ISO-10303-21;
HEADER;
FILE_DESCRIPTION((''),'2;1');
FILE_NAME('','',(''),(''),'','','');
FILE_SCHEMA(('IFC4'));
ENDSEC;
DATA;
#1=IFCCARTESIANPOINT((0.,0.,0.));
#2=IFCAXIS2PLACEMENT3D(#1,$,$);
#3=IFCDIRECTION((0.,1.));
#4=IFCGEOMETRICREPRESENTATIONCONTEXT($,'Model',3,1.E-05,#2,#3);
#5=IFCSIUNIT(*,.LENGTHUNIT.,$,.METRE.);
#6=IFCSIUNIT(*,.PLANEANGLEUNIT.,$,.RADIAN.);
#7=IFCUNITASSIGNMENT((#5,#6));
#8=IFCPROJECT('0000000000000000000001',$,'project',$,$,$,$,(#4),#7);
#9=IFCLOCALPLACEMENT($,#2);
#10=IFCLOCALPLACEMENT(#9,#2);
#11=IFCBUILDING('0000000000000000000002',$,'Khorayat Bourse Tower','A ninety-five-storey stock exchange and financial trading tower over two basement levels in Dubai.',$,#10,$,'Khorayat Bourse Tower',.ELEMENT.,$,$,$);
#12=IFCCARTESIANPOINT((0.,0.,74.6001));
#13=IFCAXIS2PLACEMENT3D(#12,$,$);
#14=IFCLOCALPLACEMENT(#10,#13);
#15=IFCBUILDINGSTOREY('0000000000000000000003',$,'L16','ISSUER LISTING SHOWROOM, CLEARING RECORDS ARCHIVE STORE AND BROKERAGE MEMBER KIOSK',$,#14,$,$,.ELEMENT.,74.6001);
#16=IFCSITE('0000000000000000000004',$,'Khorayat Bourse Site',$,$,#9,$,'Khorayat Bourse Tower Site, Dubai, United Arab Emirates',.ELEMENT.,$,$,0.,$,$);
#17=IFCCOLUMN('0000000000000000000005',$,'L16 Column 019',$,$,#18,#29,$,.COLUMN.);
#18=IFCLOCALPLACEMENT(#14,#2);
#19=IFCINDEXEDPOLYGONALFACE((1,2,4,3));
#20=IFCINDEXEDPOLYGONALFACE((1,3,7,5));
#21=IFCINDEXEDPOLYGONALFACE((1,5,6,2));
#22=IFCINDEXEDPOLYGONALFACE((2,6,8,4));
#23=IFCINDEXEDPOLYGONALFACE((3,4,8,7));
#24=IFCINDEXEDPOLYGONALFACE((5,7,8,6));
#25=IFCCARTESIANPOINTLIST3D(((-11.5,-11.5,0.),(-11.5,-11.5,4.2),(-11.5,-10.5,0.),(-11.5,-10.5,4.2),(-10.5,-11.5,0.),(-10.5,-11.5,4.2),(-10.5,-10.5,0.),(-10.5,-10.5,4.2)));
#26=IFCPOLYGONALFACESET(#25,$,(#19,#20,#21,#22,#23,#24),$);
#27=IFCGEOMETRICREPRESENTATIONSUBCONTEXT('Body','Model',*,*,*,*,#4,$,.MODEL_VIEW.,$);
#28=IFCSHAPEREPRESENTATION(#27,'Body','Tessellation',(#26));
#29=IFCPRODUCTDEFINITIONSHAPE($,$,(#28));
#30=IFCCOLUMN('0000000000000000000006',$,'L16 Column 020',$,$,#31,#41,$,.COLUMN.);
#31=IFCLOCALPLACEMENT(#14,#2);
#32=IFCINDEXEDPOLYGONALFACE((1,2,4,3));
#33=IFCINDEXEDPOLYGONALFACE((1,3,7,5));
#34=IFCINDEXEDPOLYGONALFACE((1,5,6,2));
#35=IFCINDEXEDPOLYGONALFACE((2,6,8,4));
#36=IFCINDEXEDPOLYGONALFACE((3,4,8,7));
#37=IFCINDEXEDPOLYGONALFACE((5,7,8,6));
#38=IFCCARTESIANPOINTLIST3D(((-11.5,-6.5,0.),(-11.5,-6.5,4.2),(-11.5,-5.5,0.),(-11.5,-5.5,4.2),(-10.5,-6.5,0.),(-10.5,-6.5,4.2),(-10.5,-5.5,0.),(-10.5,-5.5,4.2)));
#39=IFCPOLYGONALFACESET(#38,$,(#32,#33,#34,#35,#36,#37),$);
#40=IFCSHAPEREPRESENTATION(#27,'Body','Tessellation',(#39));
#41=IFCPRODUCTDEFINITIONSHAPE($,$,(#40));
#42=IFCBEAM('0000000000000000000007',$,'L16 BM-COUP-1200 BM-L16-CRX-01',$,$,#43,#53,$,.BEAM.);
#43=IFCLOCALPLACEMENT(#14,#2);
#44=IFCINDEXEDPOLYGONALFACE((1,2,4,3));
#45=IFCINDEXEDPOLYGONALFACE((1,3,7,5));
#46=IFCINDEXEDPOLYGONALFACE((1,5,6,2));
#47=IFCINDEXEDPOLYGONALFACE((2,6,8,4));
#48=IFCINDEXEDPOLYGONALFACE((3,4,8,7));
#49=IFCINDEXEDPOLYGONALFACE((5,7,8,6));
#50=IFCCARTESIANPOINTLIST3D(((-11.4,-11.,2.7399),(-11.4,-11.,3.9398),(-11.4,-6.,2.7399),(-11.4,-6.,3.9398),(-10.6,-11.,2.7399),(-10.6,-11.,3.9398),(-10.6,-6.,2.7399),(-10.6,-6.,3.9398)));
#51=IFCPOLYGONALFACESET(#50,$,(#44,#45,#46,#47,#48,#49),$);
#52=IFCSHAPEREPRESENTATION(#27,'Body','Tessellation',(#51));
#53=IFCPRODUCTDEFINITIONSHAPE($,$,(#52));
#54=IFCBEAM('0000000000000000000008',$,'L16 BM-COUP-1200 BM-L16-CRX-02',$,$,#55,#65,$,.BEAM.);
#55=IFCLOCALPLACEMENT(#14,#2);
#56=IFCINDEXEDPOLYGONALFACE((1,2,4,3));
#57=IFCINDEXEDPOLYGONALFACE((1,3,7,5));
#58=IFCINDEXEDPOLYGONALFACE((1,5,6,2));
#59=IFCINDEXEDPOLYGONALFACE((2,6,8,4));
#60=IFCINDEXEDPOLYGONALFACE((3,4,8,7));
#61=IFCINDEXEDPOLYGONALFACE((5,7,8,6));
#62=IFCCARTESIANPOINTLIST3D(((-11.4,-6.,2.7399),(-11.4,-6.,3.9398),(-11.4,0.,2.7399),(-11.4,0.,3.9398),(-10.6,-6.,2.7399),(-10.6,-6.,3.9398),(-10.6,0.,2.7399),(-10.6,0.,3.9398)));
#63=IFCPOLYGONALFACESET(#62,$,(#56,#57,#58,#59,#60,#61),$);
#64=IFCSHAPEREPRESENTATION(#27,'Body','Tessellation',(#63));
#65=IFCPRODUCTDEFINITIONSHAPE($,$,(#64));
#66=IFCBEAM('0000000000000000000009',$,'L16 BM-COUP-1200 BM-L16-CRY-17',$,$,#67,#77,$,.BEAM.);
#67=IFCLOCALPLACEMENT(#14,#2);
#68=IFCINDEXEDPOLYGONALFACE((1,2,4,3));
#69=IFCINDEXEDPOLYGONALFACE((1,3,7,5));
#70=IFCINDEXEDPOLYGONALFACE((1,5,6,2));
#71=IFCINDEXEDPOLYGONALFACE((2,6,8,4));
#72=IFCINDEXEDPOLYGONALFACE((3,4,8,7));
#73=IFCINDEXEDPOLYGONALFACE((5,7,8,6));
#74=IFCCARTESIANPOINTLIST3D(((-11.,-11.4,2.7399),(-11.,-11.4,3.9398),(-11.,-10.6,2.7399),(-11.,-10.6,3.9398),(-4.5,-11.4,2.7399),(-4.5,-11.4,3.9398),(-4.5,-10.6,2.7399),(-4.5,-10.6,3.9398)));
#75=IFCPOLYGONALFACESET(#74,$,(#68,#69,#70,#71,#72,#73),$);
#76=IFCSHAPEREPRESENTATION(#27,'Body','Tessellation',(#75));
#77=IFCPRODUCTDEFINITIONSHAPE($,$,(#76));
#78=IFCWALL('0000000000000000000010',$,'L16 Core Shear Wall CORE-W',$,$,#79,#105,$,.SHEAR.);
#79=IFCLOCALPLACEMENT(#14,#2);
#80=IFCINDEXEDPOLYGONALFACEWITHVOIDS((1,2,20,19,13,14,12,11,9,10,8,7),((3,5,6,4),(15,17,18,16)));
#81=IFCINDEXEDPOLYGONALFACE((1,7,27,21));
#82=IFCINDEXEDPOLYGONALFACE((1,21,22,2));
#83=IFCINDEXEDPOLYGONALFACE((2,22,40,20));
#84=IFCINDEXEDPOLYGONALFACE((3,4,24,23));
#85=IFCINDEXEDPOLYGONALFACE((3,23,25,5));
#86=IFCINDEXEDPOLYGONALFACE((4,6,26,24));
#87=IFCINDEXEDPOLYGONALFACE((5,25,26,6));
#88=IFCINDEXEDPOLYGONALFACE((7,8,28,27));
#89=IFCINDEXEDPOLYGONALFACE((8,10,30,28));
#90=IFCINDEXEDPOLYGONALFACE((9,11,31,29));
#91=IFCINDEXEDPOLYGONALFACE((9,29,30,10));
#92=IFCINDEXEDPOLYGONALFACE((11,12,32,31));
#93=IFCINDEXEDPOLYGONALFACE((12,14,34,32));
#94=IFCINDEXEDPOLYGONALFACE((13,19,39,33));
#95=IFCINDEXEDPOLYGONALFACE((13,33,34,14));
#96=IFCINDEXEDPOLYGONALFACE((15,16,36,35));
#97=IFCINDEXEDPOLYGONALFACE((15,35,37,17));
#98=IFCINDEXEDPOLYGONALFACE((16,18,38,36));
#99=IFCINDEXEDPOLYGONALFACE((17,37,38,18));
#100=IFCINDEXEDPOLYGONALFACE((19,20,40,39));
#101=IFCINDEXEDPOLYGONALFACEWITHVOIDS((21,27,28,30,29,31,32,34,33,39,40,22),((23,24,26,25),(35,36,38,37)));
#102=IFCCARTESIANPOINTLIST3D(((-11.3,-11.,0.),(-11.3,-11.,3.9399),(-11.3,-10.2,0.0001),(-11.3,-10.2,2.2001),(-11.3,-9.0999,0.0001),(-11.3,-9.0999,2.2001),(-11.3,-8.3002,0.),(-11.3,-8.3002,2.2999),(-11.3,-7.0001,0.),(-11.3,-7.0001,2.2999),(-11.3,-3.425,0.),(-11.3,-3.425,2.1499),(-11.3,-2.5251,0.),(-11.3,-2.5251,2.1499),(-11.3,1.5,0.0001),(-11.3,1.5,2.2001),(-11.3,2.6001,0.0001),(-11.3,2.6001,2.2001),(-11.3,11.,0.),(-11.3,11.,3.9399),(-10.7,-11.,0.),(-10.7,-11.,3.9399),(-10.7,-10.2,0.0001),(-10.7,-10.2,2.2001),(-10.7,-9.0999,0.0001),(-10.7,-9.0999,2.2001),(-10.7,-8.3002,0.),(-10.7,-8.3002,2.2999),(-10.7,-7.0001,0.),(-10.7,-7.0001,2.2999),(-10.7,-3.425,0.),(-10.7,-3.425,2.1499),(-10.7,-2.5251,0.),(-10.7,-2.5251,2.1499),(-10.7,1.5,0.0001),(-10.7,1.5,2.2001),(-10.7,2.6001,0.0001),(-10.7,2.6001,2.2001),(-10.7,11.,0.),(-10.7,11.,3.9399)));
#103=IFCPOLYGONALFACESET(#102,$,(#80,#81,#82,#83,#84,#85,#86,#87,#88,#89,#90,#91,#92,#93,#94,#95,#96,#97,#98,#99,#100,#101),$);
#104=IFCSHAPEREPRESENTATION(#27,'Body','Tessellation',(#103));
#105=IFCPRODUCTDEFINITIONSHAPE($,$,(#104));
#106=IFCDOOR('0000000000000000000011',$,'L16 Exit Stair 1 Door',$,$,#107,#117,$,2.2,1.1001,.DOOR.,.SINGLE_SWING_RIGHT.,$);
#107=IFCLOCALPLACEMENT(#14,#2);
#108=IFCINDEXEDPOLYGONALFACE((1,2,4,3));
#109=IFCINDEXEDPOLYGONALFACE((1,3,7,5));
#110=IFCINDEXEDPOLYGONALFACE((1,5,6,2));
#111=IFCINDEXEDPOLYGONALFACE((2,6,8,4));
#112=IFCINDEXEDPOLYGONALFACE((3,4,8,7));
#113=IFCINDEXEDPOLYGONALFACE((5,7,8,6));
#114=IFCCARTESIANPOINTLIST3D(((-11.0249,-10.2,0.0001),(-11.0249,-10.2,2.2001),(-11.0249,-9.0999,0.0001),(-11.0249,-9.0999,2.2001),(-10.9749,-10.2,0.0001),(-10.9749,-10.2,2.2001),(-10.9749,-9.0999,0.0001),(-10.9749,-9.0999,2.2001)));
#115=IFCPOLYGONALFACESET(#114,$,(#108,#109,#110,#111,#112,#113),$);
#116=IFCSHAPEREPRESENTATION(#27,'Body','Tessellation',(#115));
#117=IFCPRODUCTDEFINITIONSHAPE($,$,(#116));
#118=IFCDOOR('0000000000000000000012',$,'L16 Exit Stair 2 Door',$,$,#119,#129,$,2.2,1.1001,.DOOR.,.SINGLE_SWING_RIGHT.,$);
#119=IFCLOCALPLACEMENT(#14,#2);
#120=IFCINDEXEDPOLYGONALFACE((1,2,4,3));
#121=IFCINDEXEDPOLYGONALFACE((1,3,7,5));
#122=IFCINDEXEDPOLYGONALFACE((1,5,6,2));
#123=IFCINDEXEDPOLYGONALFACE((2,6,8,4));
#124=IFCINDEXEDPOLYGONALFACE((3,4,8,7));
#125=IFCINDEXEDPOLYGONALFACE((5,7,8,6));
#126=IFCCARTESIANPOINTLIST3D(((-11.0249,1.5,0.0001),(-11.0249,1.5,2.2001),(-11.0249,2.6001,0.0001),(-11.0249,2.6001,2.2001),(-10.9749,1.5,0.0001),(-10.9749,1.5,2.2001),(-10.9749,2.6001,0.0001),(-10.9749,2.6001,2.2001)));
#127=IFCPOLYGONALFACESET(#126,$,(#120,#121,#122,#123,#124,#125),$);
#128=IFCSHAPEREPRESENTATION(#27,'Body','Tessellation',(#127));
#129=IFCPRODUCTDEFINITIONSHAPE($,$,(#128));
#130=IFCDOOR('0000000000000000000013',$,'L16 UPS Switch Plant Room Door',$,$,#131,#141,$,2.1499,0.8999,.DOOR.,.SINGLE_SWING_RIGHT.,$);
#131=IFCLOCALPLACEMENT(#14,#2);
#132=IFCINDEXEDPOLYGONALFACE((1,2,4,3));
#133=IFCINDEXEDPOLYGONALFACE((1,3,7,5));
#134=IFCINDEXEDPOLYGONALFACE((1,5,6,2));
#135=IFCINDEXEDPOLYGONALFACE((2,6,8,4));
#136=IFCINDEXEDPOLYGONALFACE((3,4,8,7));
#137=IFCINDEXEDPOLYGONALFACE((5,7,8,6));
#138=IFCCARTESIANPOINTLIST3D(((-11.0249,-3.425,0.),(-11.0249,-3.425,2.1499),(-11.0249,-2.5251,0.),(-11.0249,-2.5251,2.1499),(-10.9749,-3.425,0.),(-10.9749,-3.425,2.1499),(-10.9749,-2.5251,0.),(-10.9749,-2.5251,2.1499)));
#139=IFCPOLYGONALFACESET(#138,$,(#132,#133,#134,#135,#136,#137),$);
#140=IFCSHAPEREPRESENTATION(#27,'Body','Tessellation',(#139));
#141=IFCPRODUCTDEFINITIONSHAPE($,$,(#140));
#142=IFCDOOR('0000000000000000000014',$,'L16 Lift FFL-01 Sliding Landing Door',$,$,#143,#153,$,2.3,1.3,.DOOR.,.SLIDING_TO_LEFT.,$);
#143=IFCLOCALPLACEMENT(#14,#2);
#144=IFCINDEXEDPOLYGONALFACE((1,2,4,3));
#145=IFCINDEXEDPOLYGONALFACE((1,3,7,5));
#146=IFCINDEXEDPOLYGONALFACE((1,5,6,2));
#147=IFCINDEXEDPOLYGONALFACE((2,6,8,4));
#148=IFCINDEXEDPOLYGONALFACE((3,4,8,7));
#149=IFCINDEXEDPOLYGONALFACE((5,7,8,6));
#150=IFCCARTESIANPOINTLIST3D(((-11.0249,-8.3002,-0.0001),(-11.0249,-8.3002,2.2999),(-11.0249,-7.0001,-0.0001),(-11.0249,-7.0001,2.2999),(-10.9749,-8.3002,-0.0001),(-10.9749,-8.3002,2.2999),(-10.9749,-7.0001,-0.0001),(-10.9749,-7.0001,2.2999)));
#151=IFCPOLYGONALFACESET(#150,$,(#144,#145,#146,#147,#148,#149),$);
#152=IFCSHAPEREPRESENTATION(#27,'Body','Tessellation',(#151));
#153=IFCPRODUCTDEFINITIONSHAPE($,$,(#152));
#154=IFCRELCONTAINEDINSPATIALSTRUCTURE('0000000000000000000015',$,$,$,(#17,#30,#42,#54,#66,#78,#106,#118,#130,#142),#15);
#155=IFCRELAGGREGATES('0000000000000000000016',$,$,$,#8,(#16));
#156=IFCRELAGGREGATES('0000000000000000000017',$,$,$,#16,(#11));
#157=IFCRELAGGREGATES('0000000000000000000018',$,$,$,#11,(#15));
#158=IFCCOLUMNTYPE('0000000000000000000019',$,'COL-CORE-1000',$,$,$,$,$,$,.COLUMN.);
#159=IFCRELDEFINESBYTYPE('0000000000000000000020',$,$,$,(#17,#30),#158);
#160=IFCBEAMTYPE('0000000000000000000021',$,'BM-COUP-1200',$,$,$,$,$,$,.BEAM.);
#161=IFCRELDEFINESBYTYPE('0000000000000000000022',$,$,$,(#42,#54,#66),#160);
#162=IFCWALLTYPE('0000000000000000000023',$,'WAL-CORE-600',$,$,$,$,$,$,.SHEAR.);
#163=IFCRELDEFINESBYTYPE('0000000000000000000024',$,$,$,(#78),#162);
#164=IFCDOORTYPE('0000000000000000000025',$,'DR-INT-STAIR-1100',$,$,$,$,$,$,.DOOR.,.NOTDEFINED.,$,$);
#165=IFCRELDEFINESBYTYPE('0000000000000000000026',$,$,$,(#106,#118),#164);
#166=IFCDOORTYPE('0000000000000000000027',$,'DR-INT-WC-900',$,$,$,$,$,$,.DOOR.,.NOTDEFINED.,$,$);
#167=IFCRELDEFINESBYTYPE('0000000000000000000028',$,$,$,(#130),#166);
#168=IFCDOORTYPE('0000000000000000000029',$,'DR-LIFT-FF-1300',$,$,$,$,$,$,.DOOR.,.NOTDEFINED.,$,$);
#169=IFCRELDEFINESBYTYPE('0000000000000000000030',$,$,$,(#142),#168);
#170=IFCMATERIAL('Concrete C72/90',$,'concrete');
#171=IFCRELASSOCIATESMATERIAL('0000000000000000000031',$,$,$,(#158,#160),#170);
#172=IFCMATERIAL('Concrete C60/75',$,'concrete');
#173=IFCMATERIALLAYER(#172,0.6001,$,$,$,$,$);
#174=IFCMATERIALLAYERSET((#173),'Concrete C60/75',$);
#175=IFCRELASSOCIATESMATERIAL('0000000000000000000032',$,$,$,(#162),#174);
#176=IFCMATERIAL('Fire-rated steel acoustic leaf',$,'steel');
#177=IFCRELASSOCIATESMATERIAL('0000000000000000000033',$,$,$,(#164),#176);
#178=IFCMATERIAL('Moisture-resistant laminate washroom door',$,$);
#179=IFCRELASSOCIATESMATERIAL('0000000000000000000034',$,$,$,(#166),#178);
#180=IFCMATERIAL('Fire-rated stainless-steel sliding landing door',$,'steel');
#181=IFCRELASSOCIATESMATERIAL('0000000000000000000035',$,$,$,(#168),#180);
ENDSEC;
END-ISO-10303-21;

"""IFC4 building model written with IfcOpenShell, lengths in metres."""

from ifc_helpers import new_model, si_unit, direction, frame, frame_2d, origin, origin_2d, place, context, subcontext, project, spatial, rectangle, extrude, source, transform, mapped, material, layer, layer_set, material_profile, profile_set, type_object, element, fill, save


model = new_model("IFC4")

# Units and contexts
model_context = context("Model", 3, precision=1e-05, world=origin(), true_north=direction((0.0, 1.0)))
body_context = subcontext(model_context, "Body", "Model", "MODEL_VIEW")
ifc_project = project(units=[si_unit("LENGTHUNIT", "METRE"), si_unit("PLANEANGLEUNIT", "RADIAN")], contexts=[model_context])

# Site, building, storey
site_placement = place(None, origin())
site = spatial("IfcSite", under=ifc_project, at=site_placement, Name="Khorayat Bourse Site", LongName="Khorayat Bourse Tower Site, Dubai, United Arab Emirates", CompositionType="ELEMENT", RefElevation=0.0)
building_placement = place(site_placement, origin())
building = spatial("IfcBuilding", under=site, at=building_placement, Name="Khorayat Bourse Tower", Description="A ninety-five-storey stock exchange and financial trading tower over two basement levels in Dubai.", LongName="Khorayat Bourse Tower", CompositionType="ELEMENT")
storey_placement = place(building_placement, frame((0.0, 0.0, 74.6001)))
storey = spatial("IfcBuildingStorey", under=building, at=storey_placement, Name="L16", Description="ISSUER LISTING SHOWROOM, CLEARING RECORDS ARCHIVE STORE AND BROKERAGE MEMBER KIOSK", CompositionType="ELEMENT", Elevation=74.6001)

# Columns
ifc_material_1 = material(Name="Concrete C72/90", Category="concrete")
ifc_material_profile_1 = material_profile(ifc_material_1, rectangle(XDim=1.0, YDim=1.0, at=origin_2d()), Name="RC 1000x1000")
ifc_profile_set_1 = profile_set([ifc_material_profile_1], Name="Concrete C72/90")
column_type = type_object("IfcColumnType", Name="COL-CORE-1000", PredefinedType="COLUMN", material=ifc_profile_set_1)
shared_shape_1 = source(origin(), body_context, "Body", "SweptSolid", [
    extrude(rectangle(XDim=1.0, YDim=1.0, at=origin_2d()), origin(), (0.0, 0.0, 1.0), 4.2),
])
for number, where, z_axis, x_axis, name in (
    (1, (-11.0, -11.0, 0.0), (0.0, 0.0, 1.0), (1.0, 0.0, 0.0), "L16 Column 019"),
    (2, (-11.0, -6.0, 0.0), (0.0, 0.0, 1.0), (1.0, 0.0, 0.0), "L16 Column 020"),
):
    element("IfcColumn", number, at=place(storey_placement, frame(where, z_axis=z_axis, x_axis=x_axis)), inside=storey, type_object=column_type, Name=name, PredefinedType="COLUMN", context=body_context, shape_type="MappedRepresentation", body=[
        mapped(shared_shape_1, transform((0.0, 0.0, 0.0), scale=1.0)),
    ])

# Beams
ifc_material_profile_2 = material_profile(ifc_material_1, rectangle(XDim=0.8, YDim=1.2, at=origin_2d()), Name="RC 800x1200")
ifc_profile_set_2 = profile_set([ifc_material_profile_2], Name="Concrete C72/90")
beam_type = type_object("IfcBeamType", Name="BM-COUP-1200", PredefinedType="BEAM", material=ifc_profile_set_2)
shared_shape_2 = source(origin(), body_context, "Body", "SweptSolid", [
    extrude(rectangle(XDim=0.8, YDim=1.2, at=origin_2d()), origin(), (0.0, 0.0, 1.0), 5.0),
])
beam_1_placement = place(storey_placement, frame((-11.0, -11.0, 3.3398), z_axis=(0.0, 1.0, 0.0), x_axis=(-1.0, 0.0, 0.0)))
element("IfcBeam", 3, at=beam_1_placement, inside=storey, type_object=beam_type, Name="L16 BM-COUP-1200 BM-L16-CRX-01", PredefinedType="BEAM", context=body_context, shape_type="MappedRepresentation", body=[
    mapped(shared_shape_2, transform((0.0, 0.0, 0.0), scale=1.0)),
])
shared_shape_3 = source(origin(), body_context, "Body", "SweptSolid", [
    extrude(rectangle(XDim=0.8, YDim=1.2, at=origin_2d()), origin(), (0.0, 0.0, 1.0), 6.0),
])
beam_2_placement = place(storey_placement, frame((-11.0, -6.0, 3.3398), z_axis=(0.0, 1.0, 0.0), x_axis=(-1.0, 0.0, 0.0)))
element("IfcBeam", 4, at=beam_2_placement, inside=storey, type_object=beam_type, Name="L16 BM-COUP-1200 BM-L16-CRX-02", PredefinedType="BEAM", context=body_context, shape_type="MappedRepresentation", body=[
    mapped(shared_shape_3, transform((0.0, 0.0, 0.0), scale=1.0)),
])
shared_shape_4 = source(origin(), body_context, "Body", "SweptSolid", [
    extrude(rectangle(XDim=0.8, YDim=1.2, at=origin_2d()), origin(), (0.0, 0.0, 1.0), 6.5),
])
beam_3_placement = place(storey_placement, frame((-11.0, -11.0, 3.3398), z_axis=(1.0, 0.0, 0.0), x_axis=(0.0, 1.0, 0.0)))
element("IfcBeam", 5, at=beam_3_placement, inside=storey, type_object=beam_type, Name="L16 BM-COUP-1200 BM-L16-CRY-17", PredefinedType="BEAM", context=body_context, shape_type="MappedRepresentation", body=[
    mapped(shared_shape_4, transform((0.0, 0.0, 0.0), scale=1.0)),
])

# Wall, openings, doors
ifc_material_2 = material(Name="Concrete C60/75", Category="concrete")
ifc_layer_1 = layer(ifc_material_2, 0.6001)
ifc_layer_set_1 = layer_set([ifc_layer_1], Name="Concrete C60/75")
wall_type_1 = type_object("IfcWallType", Name="WAL-CORE-600", PredefinedType="SHEAR", material=ifc_layer_set_1)
shared_shape_5 = source(origin(), body_context, "Body", "SweptSolid", [
    extrude(rectangle(XDim=22.0, YDim=0.6001, at=frame_2d((11.0, 0.0))), origin(), (0.0, 0.0, 1.0), 3.9399),
])
wall_1_placement = place(storey_placement, frame((-11.0, -11.0, 0.0), z_axis=(0.0, 0.0, 1.0), x_axis=(0.0, 1.0, 0.0)))
wall_1 = element("IfcWall", 6, at=wall_1_placement, inside=storey, type_object=wall_type_1, Name="L16 Core Shear Wall CORE-W", PredefinedType="SHEAR", context=body_context, shape_type="MappedRepresentation", body=[
    mapped(shared_shape_5, transform((0.0, 0.0, 0.0), scale=1.0)),
])
shared_shape_6 = source(origin(), body_context, "Body", "SweptSolid", [
    extrude(rectangle(XDim=1.1001, YDim=2.2, at=frame_2d((0.55, 1.1001))), frame((0.0, 0.3101, 0.0), z_axis=(0.0, -1.0, 0.0), x_axis=(1.0, 0.0, 0.0)), (0.0, 0.0, 1.0), 0.6201),
])
opening_1_placement = place(wall_1_placement, frame((0.8, 0.0, 0.0)))
opening_1 = element("IfcOpeningElement", 7, at=opening_1_placement, cuts=wall_1, PredefinedType="OPENING", context=body_context, shape_type="MappedRepresentation", body=[
    mapped(shared_shape_6, transform((0.0, 0.0, 0.0), scale=1.0)),
])
opening_2_placement = place(wall_1_placement, frame((12.5, 0.0, 0.0)))
opening_2 = element("IfcOpeningElement", 8, at=opening_2_placement, cuts=wall_1, PredefinedType="OPENING", context=body_context, shape_type="MappedRepresentation", body=[
    mapped(shared_shape_6, transform((0.0, 0.0, 0.0), scale=1.0)),
])
shared_shape_7 = source(origin(), body_context, "Body", "SweptSolid", [
    extrude(rectangle(XDim=0.8999, YDim=2.1499, at=frame_2d((0.45, 1.075))), frame((0.0, 0.3101, 0.0), z_axis=(0.0, -1.0, 0.0), x_axis=(1.0, 0.0, 0.0)), (0.0, 0.0, 1.0), 0.6201),
])
opening_3_placement = place(wall_1_placement, frame((7.575, 0.0, 0.0)))
opening_3 = element("IfcOpeningElement", 9, at=opening_3_placement, cuts=wall_1, PredefinedType="OPENING", context=body_context, shape_type="MappedRepresentation", body=[
    mapped(shared_shape_7, transform((0.0, 0.0, 0.0), scale=1.0)),
])
shared_shape_8 = source(origin(), body_context, "Body", "SweptSolid", [
    extrude(rectangle(XDim=1.3, YDim=2.3, at=frame_2d((0.6499, 1.1499))), frame((0.0, 0.3101, 0.0), z_axis=(0.0, -1.0, 0.0), x_axis=(1.0, 0.0, 0.0)), (0.0, 0.0, 1.0), 0.6201),
])
opening_4_placement = place(wall_1_placement, frame((2.7, 0.0, 0.0)))
opening_4 = element("IfcOpeningElement", 10, at=opening_4_placement, cuts=wall_1, PredefinedType="OPENING", context=body_context, shape_type="MappedRepresentation", body=[
    mapped(shared_shape_8, transform((0.0, 0.0, 0.0), scale=1.0)),
])
ifc_material_3 = material(Name="Fire-rated steel acoustic leaf", Category="steel")
door_type_1 = type_object("IfcDoorType", Name="DR-INT-STAIR-1100", OperationType="NOTDEFINED", PredefinedType="DOOR", material=ifc_material_3)
shared_shape_9 = source(origin(), body_context, "Body", "SweptSolid", [
    extrude(rectangle(XDim=1.1001, YDim=2.2, at=frame_2d((0.55, 1.1001))), frame((0.0, 0.0249, 0.0), z_axis=(0.0, -1.0, 0.0), x_axis=(1.0, 0.0, 0.0)), (0.0, 0.0, 1.0), 0.05),
])
door_1_placement = place(opening_1_placement, origin())
door_1 = element("IfcDoor", 11, at=door_1_placement, inside=storey, type_object=door_type_1, Name="L16 Exit Stair 1 Door", OperationType="SINGLE_SWING_RIGHT", OverallHeight=2.2, OverallWidth=1.1001, PredefinedType="DOOR", context=body_context, shape_type="MappedRepresentation", body=[
    mapped(shared_shape_9, transform((0.0, 0.0, 0.0), scale=1.0)),
])
fill(opening_1, door_1)
door_2_placement = place(opening_2_placement, origin())
door_2 = element("IfcDoor", 12, at=door_2_placement, inside=storey, type_object=door_type_1, Name="L16 Exit Stair 2 Door", OperationType="SINGLE_SWING_RIGHT", OverallHeight=2.2, OverallWidth=1.1001, PredefinedType="DOOR", context=body_context, shape_type="MappedRepresentation", body=[
    mapped(shared_shape_9, transform((0.0, 0.0, 0.0), scale=1.0)),
])
fill(opening_2, door_2)
ifc_material_4 = material(Name="Moisture-resistant laminate washroom door")
door_type_2 = type_object("IfcDoorType", Name="DR-INT-WC-900", OperationType="NOTDEFINED", PredefinedType="DOOR", material=ifc_material_4)
shared_shape_10 = source(origin(), body_context, "Body", "SweptSolid", [
    extrude(rectangle(XDim=0.8999, YDim=2.1499, at=frame_2d((0.45, 1.075))), frame((0.0, 0.0249, 0.0), z_axis=(0.0, -1.0, 0.0), x_axis=(1.0, 0.0, 0.0)), (0.0, 0.0, 1.0), 0.05),
])
door_3_placement = place(opening_3_placement, origin())
door_3 = element("IfcDoor", 13, at=door_3_placement, inside=storey, type_object=door_type_2, Name="L16 UPS Switch Plant Room Door", OperationType="SINGLE_SWING_RIGHT", OverallHeight=2.1499, OverallWidth=0.8999, PredefinedType="DOOR", context=body_context, shape_type="MappedRepresentation", body=[
    mapped(shared_shape_10, transform((0.0, 0.0, 0.0), scale=1.0)),
])
fill(opening_3, door_3)
ifc_material_5 = material(Name="Fire-rated stainless-steel sliding landing door", Category="steel")
door_type_3 = type_object("IfcDoorType", Name="DR-LIFT-FF-1300", OperationType="NOTDEFINED", PredefinedType="DOOR", material=ifc_material_5)
shared_shape_11 = source(origin(), body_context, "Body", "SweptSolid", [
    extrude(rectangle(XDim=1.3, YDim=2.3, at=frame_2d((0.6499, 1.1499))), frame((0.0, 0.0249, 0.0), z_axis=(0.0, -1.0, 0.0), x_axis=(1.0, 0.0, 0.0)), (0.0, 0.0, 1.0), 0.05),
])
door_4_placement = place(opening_4_placement, origin())
door_4 = element("IfcDoor", 14, at=door_4_placement, inside=storey, type_object=door_type_3, Name="L16 Lift FFL-01 Sliding Landing Door", OperationType="SLIDING_TO_LEFT", OverallHeight=2.3, OverallWidth=1.3, PredefinedType="DOOR", context=body_context, shape_type="MappedRepresentation", body=[
    mapped(shared_shape_11, transform((0.0, 0.0, 0.0), scale=1.0)),
])
fill(opening_4, door_4)

save(model, "model.ifc")
